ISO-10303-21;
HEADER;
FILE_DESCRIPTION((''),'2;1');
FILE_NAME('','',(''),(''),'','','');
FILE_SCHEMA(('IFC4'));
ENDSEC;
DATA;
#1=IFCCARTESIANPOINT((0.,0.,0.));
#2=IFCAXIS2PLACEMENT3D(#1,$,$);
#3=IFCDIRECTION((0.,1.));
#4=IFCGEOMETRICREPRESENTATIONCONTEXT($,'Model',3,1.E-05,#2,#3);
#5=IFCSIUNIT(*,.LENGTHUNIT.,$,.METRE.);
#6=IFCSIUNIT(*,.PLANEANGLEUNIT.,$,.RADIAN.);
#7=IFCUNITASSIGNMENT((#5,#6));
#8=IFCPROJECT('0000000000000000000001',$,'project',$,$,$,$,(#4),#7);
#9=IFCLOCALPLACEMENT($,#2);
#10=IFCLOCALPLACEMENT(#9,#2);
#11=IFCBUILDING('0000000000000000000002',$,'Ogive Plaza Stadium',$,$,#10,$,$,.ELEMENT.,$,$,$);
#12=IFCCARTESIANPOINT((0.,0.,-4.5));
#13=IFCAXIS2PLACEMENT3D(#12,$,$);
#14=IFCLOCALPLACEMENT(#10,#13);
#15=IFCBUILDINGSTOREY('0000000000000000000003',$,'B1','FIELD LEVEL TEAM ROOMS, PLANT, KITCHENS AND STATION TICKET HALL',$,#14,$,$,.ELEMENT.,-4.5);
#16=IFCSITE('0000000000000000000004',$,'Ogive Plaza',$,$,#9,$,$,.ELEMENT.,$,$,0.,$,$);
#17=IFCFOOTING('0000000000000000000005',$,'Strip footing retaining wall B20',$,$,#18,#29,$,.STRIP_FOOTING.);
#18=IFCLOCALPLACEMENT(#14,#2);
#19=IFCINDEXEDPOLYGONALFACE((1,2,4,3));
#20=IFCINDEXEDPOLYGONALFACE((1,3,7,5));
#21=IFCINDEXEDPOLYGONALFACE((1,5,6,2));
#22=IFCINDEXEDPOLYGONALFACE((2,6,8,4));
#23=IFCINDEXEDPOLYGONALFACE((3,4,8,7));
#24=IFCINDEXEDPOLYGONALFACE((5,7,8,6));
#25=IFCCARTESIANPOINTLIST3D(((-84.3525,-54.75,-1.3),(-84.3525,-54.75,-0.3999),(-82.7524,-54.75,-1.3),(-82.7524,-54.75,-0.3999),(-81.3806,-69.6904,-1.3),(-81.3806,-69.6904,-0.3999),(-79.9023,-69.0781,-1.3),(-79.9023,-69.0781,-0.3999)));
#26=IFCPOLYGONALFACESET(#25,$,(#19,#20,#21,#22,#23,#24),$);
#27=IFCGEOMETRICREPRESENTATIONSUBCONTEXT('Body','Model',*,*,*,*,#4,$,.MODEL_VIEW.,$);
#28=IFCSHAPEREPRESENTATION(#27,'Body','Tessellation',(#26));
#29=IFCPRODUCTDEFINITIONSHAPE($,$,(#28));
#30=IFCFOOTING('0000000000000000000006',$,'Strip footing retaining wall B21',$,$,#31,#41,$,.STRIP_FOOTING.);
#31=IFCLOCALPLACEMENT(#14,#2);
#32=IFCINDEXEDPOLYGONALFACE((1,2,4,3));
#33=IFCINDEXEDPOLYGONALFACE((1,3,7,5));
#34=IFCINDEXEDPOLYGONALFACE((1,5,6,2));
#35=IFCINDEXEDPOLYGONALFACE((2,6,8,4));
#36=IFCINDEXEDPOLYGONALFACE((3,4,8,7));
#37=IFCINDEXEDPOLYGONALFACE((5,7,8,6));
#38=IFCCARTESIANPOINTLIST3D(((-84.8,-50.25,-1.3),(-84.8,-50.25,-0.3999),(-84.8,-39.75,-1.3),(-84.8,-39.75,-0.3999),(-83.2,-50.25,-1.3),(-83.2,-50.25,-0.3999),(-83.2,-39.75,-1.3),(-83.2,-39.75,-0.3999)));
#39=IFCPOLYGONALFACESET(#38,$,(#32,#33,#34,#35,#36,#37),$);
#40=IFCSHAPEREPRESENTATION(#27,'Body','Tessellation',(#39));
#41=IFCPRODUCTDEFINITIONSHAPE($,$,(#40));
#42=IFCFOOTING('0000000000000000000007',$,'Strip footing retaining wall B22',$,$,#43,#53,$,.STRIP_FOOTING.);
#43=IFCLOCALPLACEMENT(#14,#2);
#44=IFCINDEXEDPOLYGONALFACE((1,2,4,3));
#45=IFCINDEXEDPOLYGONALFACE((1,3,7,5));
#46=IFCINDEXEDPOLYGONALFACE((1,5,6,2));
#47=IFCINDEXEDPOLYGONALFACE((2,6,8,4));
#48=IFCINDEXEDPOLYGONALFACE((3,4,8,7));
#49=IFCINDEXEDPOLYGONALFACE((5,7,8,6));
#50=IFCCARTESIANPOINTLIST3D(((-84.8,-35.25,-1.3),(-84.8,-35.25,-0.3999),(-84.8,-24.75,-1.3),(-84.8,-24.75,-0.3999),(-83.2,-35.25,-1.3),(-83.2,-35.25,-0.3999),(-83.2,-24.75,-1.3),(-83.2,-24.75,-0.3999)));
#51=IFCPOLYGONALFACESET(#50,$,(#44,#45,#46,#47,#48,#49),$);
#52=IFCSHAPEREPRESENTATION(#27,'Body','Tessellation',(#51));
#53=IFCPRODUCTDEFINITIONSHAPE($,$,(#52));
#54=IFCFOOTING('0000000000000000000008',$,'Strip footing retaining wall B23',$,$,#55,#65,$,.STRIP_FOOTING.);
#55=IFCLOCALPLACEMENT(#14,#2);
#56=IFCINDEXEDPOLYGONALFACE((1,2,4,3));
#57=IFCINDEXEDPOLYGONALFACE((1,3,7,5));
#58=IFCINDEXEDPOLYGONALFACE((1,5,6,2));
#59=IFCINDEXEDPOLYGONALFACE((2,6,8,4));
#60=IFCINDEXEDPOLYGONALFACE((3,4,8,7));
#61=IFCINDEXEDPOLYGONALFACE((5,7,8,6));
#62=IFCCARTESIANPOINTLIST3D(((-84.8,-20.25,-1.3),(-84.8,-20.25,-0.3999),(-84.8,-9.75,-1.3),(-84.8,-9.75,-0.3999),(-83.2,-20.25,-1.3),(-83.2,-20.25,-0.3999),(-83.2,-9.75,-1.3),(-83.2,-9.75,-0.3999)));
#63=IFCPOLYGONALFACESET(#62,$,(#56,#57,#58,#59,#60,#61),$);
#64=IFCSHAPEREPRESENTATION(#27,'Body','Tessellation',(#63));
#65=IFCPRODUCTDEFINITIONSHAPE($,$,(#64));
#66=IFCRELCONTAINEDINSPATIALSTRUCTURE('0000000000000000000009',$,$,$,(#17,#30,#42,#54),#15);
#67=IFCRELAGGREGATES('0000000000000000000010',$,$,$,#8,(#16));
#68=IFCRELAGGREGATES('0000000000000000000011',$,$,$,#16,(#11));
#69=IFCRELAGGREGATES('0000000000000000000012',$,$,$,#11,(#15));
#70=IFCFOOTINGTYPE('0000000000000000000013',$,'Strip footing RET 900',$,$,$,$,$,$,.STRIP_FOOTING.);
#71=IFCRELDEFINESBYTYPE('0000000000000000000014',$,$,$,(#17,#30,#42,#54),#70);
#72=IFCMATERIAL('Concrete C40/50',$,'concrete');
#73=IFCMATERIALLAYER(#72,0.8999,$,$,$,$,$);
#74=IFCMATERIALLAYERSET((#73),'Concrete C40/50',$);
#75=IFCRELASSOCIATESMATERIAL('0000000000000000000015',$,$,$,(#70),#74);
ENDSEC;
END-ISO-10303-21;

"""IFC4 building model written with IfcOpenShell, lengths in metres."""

from ifc_helpers import new_model, si_unit, direction, frame, origin, place, context, subcontext, project, spatial, polyline, outline, extrude, material, layer, layer_set, type_object, element, save


model = new_model("IFC4")

# Units and contexts
model_context = context("Model", 3, precision=1e-05, world=origin(), true_north=direction((0.0, 1.0)))
body_context = subcontext(model_context, "Body", "Model", "MODEL_VIEW")
ifc_project = project(units=[si_unit("LENGTHUNIT", "METRE"), si_unit("PLANEANGLEUNIT", "RADIAN")], contexts=[model_context])

# Site, building, storey
site_placement = place(None, origin())
site = spatial("IfcSite", under=ifc_project, at=site_placement, Name="Ogive Plaza", CompositionType="ELEMENT", RefElevation=0.0)
building_placement = place(site_placement, origin())
building = spatial("IfcBuilding", under=site, at=building_placement, Name="Ogive Plaza Stadium", CompositionType="ELEMENT")
storey_placement = place(building_placement, frame((0.0, 0.0, -4.5)))
storey = spatial("IfcBuildingStorey", under=building, at=storey_placement, Name="B1", Description="FIELD LEVEL TEAM ROOMS, PLANT, KITCHENS AND STATION TICKET HALL", CompositionType="ELEMENT", Elevation=-4.5)

# Footings
ifc_material_1 = material(Name="Concrete C40/50", Category="concrete")
ifc_layer_1 = layer(ifc_material_1, 0.8999)
ifc_layer_set_1 = layer_set([ifc_layer_1], Name="Concrete C40/50")
footing_type_1 = type_object("IfcFootingType", Name="Strip footing RET 900", PredefinedType="STRIP_FOOTING", material=ifc_layer_set_1)
footing_1_placement = place(storey_placement, frame((0.0, 0.0, -1.3)))
element("IfcFooting", 1, at=footing_1_placement, inside=storey, type_object=footing_type_1, Name="Strip footing retaining wall B20", PredefinedType="STRIP_FOOTING", context=body_context, shape_type="SweptSolid", body=[
    extrude(outline(polyline([(-82.7524, -54.75), (-84.3525, -54.75), (-81.3806, -69.6904), (-79.9023, -69.0781), (-82.7524, -54.75)])), origin(), (0.0, 0.0, 1.0), 0.9001),
])
footing_2_placement = place(storey_placement, frame((0.0, 0.0, -1.3)))
element("IfcFooting", 2, at=footing_2_placement, inside=storey, type_object=footing_type_1, Name="Strip footing retaining wall B21", PredefinedType="STRIP_FOOTING", context=body_context, shape_type="SweptSolid", body=[
    extrude(outline(polyline([(-83.2, -39.75), (-84.8, -39.75), (-84.8, -50.25), (-83.2, -50.25), (-83.2, -39.75)])), origin(), (0.0, 0.0, 1.0), 0.9001),
])
footing_3_placement = place(storey_placement, frame((0.0, 0.0, -1.3)))
element("IfcFooting", 3, at=footing_3_placement, inside=storey, type_object=footing_type_1, Name="Strip footing retaining wall B22", PredefinedType="STRIP_FOOTING", context=body_context, shape_type="SweptSolid", body=[
    extrude(outline(polyline([(-83.2, -24.75), (-84.8, -24.75), (-84.8, -35.25), (-83.2, -35.25), (-83.2, -24.75)])), origin(), (0.0, 0.0, 1.0), 0.9001),
])
footing_4_placement = place(storey_placement, frame((0.0, 0.0, -1.3)))
element("IfcFooting", 4, at=footing_4_placement, inside=storey, type_object=footing_type_1, Name="Strip footing retaining wall B23", PredefinedType="STRIP_FOOTING", context=body_context, shape_type="SweptSolid", body=[
    extrude(outline(polyline([(-83.2, -9.75), (-84.8, -9.75), (-84.8, -20.25), (-83.2, -20.25), (-83.2, -9.75)])), origin(), (0.0, 0.0, 1.0), 0.9001),
])

save(model, "model.ifc")
